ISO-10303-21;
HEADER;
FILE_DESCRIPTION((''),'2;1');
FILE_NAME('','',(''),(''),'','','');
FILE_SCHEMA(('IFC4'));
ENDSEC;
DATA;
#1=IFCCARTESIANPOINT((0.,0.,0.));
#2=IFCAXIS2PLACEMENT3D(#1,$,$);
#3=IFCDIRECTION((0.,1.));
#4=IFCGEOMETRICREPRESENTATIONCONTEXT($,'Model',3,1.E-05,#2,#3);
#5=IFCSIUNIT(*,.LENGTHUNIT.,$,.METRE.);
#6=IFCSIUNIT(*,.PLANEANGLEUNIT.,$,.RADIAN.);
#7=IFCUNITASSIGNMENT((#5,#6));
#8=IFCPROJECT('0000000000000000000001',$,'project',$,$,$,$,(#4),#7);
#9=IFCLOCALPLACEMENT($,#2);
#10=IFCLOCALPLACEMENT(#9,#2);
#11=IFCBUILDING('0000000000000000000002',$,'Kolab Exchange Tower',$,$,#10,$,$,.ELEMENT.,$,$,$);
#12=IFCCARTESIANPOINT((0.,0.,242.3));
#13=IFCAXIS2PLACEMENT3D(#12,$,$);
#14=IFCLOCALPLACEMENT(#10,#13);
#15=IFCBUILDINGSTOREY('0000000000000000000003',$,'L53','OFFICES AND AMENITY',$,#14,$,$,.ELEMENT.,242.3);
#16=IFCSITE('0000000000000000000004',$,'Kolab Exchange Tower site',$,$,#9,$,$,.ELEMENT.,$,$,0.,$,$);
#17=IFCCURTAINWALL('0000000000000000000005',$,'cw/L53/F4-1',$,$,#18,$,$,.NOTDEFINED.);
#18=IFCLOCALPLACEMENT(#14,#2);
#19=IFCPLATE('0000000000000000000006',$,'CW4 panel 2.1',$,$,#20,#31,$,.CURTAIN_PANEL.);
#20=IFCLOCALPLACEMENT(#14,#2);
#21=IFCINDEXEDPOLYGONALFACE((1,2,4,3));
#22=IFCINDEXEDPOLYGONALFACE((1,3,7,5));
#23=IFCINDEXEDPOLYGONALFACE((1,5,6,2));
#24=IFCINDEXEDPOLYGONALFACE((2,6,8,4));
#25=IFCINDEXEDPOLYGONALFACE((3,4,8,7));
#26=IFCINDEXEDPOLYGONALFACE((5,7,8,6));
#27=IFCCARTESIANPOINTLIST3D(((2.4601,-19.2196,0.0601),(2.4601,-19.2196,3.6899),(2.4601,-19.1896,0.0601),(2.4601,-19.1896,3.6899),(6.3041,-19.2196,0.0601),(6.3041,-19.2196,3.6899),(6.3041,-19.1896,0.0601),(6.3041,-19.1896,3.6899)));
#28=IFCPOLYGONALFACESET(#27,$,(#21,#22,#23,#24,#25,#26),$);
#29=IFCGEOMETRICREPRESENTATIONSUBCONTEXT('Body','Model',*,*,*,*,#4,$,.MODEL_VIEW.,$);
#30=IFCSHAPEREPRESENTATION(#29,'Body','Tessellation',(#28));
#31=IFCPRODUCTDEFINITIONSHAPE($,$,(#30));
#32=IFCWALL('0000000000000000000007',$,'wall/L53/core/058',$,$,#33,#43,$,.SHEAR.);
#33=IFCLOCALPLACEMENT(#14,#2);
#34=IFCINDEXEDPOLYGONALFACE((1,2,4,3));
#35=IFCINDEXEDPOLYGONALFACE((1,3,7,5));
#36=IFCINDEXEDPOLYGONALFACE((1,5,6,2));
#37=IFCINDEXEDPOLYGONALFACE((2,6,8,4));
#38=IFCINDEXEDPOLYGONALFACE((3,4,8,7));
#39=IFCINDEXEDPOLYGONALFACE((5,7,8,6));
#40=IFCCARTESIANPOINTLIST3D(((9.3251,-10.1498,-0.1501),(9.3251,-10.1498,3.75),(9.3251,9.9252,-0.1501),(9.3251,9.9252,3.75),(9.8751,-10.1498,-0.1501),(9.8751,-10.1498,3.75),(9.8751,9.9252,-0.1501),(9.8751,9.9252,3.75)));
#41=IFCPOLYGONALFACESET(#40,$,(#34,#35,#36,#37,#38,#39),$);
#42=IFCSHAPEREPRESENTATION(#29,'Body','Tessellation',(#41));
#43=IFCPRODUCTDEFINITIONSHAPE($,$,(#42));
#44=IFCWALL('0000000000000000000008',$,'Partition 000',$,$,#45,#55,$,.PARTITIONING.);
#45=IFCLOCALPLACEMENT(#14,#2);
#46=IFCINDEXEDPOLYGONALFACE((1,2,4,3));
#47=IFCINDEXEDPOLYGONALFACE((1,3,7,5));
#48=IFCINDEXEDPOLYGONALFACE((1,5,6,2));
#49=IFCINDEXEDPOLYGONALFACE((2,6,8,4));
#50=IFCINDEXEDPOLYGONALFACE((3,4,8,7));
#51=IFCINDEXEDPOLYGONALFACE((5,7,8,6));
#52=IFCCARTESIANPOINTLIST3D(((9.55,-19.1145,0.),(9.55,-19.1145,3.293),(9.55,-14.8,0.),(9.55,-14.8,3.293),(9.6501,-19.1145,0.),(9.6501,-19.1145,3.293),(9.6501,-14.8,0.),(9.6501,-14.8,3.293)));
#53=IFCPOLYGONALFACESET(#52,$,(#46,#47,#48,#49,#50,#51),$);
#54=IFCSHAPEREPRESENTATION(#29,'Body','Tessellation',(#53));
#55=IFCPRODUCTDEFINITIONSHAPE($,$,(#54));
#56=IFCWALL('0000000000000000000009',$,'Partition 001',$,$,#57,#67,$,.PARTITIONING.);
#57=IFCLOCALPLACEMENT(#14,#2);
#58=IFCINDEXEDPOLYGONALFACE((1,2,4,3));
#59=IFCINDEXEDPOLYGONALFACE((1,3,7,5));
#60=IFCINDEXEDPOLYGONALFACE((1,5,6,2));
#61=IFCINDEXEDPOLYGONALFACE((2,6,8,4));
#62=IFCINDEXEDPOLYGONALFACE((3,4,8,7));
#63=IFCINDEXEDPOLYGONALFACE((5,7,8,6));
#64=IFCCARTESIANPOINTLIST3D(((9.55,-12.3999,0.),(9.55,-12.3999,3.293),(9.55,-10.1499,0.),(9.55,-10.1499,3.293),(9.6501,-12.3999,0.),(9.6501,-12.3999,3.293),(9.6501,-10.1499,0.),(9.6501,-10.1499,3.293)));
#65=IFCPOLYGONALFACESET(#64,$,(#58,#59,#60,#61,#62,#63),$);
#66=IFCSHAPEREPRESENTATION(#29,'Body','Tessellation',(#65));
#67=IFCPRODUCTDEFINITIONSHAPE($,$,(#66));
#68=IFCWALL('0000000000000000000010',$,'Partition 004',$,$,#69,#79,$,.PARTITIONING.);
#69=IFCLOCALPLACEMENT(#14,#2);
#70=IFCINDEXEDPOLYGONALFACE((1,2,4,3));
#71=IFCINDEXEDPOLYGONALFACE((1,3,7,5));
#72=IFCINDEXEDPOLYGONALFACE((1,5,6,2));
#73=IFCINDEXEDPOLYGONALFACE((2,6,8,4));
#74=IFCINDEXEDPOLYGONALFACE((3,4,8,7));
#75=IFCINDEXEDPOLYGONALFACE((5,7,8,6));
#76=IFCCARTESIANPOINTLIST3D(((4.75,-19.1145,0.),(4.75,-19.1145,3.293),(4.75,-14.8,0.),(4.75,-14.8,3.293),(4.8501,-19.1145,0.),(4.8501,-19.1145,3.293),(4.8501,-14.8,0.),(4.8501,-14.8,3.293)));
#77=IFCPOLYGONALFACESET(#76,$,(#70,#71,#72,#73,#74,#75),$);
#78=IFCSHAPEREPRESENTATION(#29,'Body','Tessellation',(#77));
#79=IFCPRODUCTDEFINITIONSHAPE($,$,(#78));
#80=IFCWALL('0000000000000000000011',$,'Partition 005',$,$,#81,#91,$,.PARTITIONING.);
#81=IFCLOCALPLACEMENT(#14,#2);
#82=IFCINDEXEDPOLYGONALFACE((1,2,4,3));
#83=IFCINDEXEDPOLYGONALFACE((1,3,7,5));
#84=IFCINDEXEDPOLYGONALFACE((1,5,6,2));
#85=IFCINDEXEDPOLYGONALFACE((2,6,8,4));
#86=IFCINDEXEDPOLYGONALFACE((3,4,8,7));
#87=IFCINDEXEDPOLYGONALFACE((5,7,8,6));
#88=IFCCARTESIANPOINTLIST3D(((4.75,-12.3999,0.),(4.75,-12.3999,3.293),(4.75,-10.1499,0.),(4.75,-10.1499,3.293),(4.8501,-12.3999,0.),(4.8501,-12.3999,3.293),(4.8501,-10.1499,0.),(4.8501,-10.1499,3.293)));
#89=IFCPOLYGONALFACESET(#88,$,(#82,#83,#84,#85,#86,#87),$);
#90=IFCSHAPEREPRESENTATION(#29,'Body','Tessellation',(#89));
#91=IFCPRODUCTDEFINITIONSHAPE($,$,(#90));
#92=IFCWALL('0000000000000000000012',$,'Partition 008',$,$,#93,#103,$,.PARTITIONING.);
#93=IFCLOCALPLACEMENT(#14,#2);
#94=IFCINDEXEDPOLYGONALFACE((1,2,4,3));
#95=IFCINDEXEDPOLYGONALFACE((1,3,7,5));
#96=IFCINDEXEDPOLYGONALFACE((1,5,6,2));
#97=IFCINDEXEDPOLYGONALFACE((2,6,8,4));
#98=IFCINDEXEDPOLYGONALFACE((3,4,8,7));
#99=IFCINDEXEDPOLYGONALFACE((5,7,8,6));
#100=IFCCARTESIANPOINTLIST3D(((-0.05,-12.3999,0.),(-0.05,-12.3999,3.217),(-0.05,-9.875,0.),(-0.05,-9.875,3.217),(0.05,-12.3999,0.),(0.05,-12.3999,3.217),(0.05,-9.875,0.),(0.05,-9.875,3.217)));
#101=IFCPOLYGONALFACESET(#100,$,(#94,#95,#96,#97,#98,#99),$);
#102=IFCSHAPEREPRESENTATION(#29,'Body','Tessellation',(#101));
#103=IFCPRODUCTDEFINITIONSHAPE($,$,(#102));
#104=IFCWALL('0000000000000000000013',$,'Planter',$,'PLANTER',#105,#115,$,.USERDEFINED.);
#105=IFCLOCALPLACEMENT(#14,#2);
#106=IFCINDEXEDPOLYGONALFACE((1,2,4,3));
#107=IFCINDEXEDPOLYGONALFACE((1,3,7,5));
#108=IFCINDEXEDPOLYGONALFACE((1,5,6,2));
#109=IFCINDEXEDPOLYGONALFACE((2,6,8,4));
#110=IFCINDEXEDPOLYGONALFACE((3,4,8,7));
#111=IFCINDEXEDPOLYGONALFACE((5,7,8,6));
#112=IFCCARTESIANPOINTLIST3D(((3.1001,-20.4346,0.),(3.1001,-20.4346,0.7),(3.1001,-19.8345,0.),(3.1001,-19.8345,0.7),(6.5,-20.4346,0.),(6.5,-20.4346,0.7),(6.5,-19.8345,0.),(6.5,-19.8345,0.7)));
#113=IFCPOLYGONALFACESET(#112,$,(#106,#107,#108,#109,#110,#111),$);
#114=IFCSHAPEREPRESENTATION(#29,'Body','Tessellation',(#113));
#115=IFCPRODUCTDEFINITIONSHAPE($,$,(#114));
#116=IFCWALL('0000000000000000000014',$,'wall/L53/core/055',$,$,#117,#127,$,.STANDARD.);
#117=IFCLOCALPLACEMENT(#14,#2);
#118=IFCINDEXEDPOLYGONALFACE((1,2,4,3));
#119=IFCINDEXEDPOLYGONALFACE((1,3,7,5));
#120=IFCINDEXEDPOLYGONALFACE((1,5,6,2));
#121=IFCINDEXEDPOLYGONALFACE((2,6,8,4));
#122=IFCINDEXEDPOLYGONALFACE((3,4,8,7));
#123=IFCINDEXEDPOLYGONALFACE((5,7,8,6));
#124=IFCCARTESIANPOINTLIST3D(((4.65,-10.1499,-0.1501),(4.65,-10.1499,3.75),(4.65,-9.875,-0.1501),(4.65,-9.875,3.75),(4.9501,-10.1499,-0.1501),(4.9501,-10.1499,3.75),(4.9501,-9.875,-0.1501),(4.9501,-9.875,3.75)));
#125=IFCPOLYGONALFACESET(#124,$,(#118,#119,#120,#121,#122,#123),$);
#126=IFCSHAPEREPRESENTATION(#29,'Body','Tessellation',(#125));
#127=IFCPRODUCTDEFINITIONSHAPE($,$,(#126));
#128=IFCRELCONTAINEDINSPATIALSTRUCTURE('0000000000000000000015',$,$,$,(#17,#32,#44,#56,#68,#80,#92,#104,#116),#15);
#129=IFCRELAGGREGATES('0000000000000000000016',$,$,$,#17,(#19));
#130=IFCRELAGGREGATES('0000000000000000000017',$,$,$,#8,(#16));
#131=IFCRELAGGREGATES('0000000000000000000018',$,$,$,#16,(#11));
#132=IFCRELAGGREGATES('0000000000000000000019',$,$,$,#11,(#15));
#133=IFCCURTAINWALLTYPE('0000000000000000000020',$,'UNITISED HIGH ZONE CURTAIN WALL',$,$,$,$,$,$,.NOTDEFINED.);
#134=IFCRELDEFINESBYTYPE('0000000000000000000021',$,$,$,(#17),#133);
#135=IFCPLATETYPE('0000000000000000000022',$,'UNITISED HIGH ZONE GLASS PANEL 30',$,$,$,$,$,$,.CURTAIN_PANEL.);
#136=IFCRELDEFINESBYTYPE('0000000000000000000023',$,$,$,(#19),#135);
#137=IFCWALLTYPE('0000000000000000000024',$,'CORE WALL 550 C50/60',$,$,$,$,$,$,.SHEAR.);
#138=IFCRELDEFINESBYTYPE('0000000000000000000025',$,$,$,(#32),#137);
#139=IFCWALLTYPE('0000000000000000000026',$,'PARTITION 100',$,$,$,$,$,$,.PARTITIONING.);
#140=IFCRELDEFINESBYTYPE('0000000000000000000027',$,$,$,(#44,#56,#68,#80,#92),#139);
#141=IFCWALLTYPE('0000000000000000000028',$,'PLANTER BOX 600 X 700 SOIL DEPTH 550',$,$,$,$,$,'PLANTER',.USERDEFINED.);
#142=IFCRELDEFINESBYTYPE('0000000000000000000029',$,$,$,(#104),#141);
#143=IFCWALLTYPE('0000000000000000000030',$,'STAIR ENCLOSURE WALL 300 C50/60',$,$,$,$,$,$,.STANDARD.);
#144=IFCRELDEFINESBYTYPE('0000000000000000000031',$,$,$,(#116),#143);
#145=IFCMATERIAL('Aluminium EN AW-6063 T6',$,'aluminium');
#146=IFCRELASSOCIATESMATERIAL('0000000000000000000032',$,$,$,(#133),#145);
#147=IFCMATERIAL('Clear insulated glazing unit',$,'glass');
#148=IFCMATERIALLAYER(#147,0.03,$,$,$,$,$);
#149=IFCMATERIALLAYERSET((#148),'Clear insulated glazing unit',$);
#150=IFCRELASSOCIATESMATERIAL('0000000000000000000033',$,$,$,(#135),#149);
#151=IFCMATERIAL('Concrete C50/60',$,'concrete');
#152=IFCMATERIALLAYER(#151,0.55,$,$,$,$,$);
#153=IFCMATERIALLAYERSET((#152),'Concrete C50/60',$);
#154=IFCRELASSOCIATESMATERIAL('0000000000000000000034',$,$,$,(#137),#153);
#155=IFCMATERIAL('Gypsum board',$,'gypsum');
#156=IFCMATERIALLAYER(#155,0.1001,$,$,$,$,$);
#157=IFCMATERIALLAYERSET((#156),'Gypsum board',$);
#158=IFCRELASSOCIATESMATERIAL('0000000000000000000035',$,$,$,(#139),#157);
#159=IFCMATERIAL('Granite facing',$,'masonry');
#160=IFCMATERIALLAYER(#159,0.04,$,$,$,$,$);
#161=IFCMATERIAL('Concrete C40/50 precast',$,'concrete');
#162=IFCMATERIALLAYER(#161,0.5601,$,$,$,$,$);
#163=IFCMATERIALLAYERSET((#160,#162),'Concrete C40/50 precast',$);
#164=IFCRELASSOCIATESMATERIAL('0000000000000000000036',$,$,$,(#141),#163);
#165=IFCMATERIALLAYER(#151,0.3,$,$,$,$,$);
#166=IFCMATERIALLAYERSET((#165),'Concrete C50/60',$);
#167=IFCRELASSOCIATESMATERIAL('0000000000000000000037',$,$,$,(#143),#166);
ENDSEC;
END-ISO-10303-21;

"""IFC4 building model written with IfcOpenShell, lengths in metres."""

from ifc_helpers import new_model, si_unit, direction, frame, frame_2d, origin, origin_2d, place, context, subcontext, project, spatial, rectangle, extrude, material, layer, layer_set, type_object, element, aggregate, save


model = new_model("IFC4")

# Units and contexts
model_context = context("Model", 3, precision=1e-05, world=origin(), true_north=direction((0.0, 1.0)))
body_context = subcontext(model_context, "Body", "Model", "MODEL_VIEW")
ifc_project = project(units=[si_unit("LENGTHUNIT", "METRE"), si_unit("PLANEANGLEUNIT", "RADIAN")], contexts=[model_context])

# Site, building, storey
site_placement = place(None, origin())
site = spatial("IfcSite", under=ifc_project, at=site_placement, Name="Kolab Exchange Tower site", CompositionType="ELEMENT", RefElevation=0.0)
building_placement = place(site_placement, origin())
building = spatial("IfcBuilding", under=site, at=building_placement, Name="Kolab Exchange Tower", CompositionType="ELEMENT")
storey_placement = place(building_placement, frame((0.0, 0.0, 242.3)))
storey = spatial("IfcBuildingStorey", under=building, at=storey_placement, Name="L53", Description="OFFICES AND AMENITY", CompositionType="ELEMENT", Elevation=242.3)

# Shared definitions
ifc_material_1 = material(Name="Concrete C50/60", Category="concrete")

# Curtain wall, plate
ifc_material_2 = material(Name="Aluminium EN AW-6063 T6", Category="aluminium")
curtain_wall_type = type_object("IfcCurtainWallType", Name="UNITISED HIGH ZONE CURTAIN WALL", PredefinedType="NOTDEFINED", material=ifc_material_2)
curtain_wall_placement = place(storey_placement, origin())
curtain_wall = element("IfcCurtainWall", 1, at=curtain_wall_placement, inside=storey, type_object=curtain_wall_type, Name="cw/L53/F4-1", PredefinedType="NOTDEFINED")
ifc_material_3 = material(Name="Clear insulated glazing unit", Category="glass")
ifc_layer_1 = layer(ifc_material_3, 0.03)
ifc_layer_set_1 = layer_set([ifc_layer_1], Name="Clear insulated glazing unit")
plate_type = type_object("IfcPlateType", Name="UNITISED HIGH ZONE GLASS PANEL 30", PredefinedType="CURTAIN_PANEL", material=ifc_layer_set_1)
plate_1_placement = place(storey_placement, frame((4.3821, -19.2046, 0.0601), z_axis=(0.0, 0.0, 1.0), x_axis=(-1.0, 0.0, 0.0)))
plate_1 = element("IfcPlate", 2, at=plate_1_placement, type_object=plate_type, Name="CW4 panel 2.1", PredefinedType="CURTAIN_PANEL", context=body_context, shape_type="SweptSolid", body=[
    extrude(rectangle(XDim=3.844, YDim=0.03, at=origin_2d()), origin(), (0.0, 0.0, 1.0), 3.6299),
])
aggregate(curtain_wall, [plate_1])

# Wall
ifc_layer_2 = layer(ifc_material_1, 0.55)
ifc_layer_set_2 = layer_set([ifc_layer_2], Name="Concrete C50/60")
wall_type_1 = type_object("IfcWallType", Name="CORE WALL 550 C50/60", PredefinedType="SHEAR", material=ifc_layer_set_2)
wall_1_placement = place(storey_placement, frame((9.6001, -10.1499, -0.1501), z_axis=(0.0, 0.0, 1.0), x_axis=(0.0, 1.0, 0.0)))
element("IfcWall", 3, at=wall_1_placement, inside=storey, type_object=wall_type_1, Name="wall/L53/core/058", PredefinedType="SHEAR", context=body_context, shape_type="SweptSolid", body=[
    extrude(rectangle(XDim=20.075, YDim=0.55, at=frame_2d((10.0376, 0.0))), origin(), (0.0, 0.0, 1.0), 3.9001),
])

# Walls
ifc_material_4 = material(Name="Gypsum board", Category="gypsum")
ifc_layer_3 = layer(ifc_material_4, 0.1001)
ifc_layer_set_3 = layer_set([ifc_layer_3], Name="Gypsum board")
wall_type_2 = type_object("IfcWallType", Name="PARTITION 100", PredefinedType="PARTITIONING", material=ifc_layer_set_3)
wall_2_placement = place(storey_placement, frame((9.6001, -19.1145, 0.0), z_axis=(0.0, 0.0, 1.0), x_axis=(0.0, 1.0, 0.0)))
element("IfcWall", 4, at=wall_2_placement, inside=storey, type_object=wall_type_2, Name="Partition 000", PredefinedType="PARTITIONING", context=body_context, shape_type="SweptSolid", body=[
    extrude(rectangle(XDim=4.3145, YDim=0.1001, at=frame_2d((2.1572, 0.0))), origin(), (0.0, 0.0, 1.0), 3.293),
])
wall_3_placement = place(storey_placement, frame((9.6001, -12.3999, 0.0), z_axis=(0.0, 0.0, 1.0), x_axis=(0.0, 1.0, 0.0)))
element("IfcWall", 5, at=wall_3_placement, inside=storey, type_object=wall_type_2, Name="Partition 001", PredefinedType="PARTITIONING", context=body_context, shape_type="SweptSolid", body=[
    extrude(rectangle(XDim=2.25, YDim=0.1001, at=frame_2d((1.125, 0.0))), origin(), (0.0, 0.0, 1.0), 3.293),
])
wall_4_placement = place(storey_placement, frame((4.8, -19.1145, 0.0), z_axis=(0.0, 0.0, 1.0), x_axis=(0.0, 1.0, 0.0)))
element("IfcWall", 6, at=wall_4_placement, inside=storey, type_object=wall_type_2, Name="Partition 004", PredefinedType="PARTITIONING", context=body_context, shape_type="SweptSolid", body=[
    extrude(rectangle(XDim=4.3145, YDim=0.1001, at=frame_2d((2.1572, 0.0))), origin(), (0.0, 0.0, 1.0), 3.293),
])
wall_5_placement = place(storey_placement, frame((4.8, -12.3999, 0.0), z_axis=(0.0, 0.0, 1.0), x_axis=(0.0, 1.0, 0.0)))
element("IfcWall", 7, at=wall_5_placement, inside=storey, type_object=wall_type_2, Name="Partition 005", PredefinedType="PARTITIONING", context=body_context, shape_type="SweptSolid", body=[
    extrude(rectangle(XDim=2.25, YDim=0.1001, at=frame_2d((1.125, 0.0))), origin(), (0.0, 0.0, 1.0), 3.293),
])
wall_6_placement = place(storey_placement, frame((0.0, -12.3999, 0.0), z_axis=(0.0, 0.0, 1.0), x_axis=(0.0, 1.0, 0.0)))
element("IfcWall", 8, at=wall_6_placement, inside=storey, type_object=wall_type_2, Name="Partition 008", PredefinedType="PARTITIONING", context=body_context, shape_type="SweptSolid", body=[
    extrude(rectangle(XDim=2.5249, YDim=0.1001, at=frame_2d((1.2625, 0.0))), origin(), (0.0, 0.0, 1.0), 3.217),
])
ifc_material_5 = material(Name="Granite facing", Category="masonry")
ifc_layer_4 = layer(ifc_material_5, 0.04)
ifc_material_6 = material(Name="Concrete C40/50 precast", Category="concrete")
ifc_layer_5 = layer(ifc_material_6, 0.5601)
ifc_layer_set_4 = layer_set([ifc_layer_4, ifc_layer_5], Name="Concrete C40/50 precast")
wall_type_3 = type_object("IfcWallType", Name="PLANTER BOX 600 X 700 SOIL DEPTH 550", ElementType="PLANTER", PredefinedType="USERDEFINED", material=ifc_layer_set_4)
wall_7_placement = place(storey_placement, frame((6.5, -20.1345, 0.0), z_axis=(0.0, 0.0, 1.0), x_axis=(-1.0, 0.0, 0.0)))
element("IfcWall", 9, at=wall_7_placement, inside=storey, type_object=wall_type_3, Name="Planter", ObjectType="PLANTER", PredefinedType="USERDEFINED", context=body_context, shape_type="SweptSolid", body=[
    extrude(rectangle(XDim=3.3999, YDim=0.6001, at=frame_2d((1.7, 0.0))), origin(), (0.0, 0.0, 1.0), 0.7),
])
ifc_layer_6 = layer(ifc_material_1, 0.3)
ifc_layer_set_5 = layer_set([ifc_layer_6], Name="Concrete C50/60")
wall_type_4 = type_object("IfcWallType", Name="STAIR ENCLOSURE WALL 300 C50/60", PredefinedType="STANDARD", material=ifc_layer_set_5)
wall_8_placement = place(storey_placement, frame((4.8, -10.1499, -0.1501), z_axis=(0.0, 0.0, 1.0), x_axis=(0.0, 1.0, 0.0)))
element("IfcWall", 10, at=wall_8_placement, inside=storey, type_object=wall_type_4, Name="wall/L53/core/055", PredefinedType="STANDARD", context=body_context, shape_type="SweptSolid", body=[
    extrude(rectangle(XDim=0.2749, YDim=0.3, at=frame_2d((0.1375, 0.0))), origin(), (0.0, 0.0, 1.0), 3.9001),
])

save(model, "model.ifc")
